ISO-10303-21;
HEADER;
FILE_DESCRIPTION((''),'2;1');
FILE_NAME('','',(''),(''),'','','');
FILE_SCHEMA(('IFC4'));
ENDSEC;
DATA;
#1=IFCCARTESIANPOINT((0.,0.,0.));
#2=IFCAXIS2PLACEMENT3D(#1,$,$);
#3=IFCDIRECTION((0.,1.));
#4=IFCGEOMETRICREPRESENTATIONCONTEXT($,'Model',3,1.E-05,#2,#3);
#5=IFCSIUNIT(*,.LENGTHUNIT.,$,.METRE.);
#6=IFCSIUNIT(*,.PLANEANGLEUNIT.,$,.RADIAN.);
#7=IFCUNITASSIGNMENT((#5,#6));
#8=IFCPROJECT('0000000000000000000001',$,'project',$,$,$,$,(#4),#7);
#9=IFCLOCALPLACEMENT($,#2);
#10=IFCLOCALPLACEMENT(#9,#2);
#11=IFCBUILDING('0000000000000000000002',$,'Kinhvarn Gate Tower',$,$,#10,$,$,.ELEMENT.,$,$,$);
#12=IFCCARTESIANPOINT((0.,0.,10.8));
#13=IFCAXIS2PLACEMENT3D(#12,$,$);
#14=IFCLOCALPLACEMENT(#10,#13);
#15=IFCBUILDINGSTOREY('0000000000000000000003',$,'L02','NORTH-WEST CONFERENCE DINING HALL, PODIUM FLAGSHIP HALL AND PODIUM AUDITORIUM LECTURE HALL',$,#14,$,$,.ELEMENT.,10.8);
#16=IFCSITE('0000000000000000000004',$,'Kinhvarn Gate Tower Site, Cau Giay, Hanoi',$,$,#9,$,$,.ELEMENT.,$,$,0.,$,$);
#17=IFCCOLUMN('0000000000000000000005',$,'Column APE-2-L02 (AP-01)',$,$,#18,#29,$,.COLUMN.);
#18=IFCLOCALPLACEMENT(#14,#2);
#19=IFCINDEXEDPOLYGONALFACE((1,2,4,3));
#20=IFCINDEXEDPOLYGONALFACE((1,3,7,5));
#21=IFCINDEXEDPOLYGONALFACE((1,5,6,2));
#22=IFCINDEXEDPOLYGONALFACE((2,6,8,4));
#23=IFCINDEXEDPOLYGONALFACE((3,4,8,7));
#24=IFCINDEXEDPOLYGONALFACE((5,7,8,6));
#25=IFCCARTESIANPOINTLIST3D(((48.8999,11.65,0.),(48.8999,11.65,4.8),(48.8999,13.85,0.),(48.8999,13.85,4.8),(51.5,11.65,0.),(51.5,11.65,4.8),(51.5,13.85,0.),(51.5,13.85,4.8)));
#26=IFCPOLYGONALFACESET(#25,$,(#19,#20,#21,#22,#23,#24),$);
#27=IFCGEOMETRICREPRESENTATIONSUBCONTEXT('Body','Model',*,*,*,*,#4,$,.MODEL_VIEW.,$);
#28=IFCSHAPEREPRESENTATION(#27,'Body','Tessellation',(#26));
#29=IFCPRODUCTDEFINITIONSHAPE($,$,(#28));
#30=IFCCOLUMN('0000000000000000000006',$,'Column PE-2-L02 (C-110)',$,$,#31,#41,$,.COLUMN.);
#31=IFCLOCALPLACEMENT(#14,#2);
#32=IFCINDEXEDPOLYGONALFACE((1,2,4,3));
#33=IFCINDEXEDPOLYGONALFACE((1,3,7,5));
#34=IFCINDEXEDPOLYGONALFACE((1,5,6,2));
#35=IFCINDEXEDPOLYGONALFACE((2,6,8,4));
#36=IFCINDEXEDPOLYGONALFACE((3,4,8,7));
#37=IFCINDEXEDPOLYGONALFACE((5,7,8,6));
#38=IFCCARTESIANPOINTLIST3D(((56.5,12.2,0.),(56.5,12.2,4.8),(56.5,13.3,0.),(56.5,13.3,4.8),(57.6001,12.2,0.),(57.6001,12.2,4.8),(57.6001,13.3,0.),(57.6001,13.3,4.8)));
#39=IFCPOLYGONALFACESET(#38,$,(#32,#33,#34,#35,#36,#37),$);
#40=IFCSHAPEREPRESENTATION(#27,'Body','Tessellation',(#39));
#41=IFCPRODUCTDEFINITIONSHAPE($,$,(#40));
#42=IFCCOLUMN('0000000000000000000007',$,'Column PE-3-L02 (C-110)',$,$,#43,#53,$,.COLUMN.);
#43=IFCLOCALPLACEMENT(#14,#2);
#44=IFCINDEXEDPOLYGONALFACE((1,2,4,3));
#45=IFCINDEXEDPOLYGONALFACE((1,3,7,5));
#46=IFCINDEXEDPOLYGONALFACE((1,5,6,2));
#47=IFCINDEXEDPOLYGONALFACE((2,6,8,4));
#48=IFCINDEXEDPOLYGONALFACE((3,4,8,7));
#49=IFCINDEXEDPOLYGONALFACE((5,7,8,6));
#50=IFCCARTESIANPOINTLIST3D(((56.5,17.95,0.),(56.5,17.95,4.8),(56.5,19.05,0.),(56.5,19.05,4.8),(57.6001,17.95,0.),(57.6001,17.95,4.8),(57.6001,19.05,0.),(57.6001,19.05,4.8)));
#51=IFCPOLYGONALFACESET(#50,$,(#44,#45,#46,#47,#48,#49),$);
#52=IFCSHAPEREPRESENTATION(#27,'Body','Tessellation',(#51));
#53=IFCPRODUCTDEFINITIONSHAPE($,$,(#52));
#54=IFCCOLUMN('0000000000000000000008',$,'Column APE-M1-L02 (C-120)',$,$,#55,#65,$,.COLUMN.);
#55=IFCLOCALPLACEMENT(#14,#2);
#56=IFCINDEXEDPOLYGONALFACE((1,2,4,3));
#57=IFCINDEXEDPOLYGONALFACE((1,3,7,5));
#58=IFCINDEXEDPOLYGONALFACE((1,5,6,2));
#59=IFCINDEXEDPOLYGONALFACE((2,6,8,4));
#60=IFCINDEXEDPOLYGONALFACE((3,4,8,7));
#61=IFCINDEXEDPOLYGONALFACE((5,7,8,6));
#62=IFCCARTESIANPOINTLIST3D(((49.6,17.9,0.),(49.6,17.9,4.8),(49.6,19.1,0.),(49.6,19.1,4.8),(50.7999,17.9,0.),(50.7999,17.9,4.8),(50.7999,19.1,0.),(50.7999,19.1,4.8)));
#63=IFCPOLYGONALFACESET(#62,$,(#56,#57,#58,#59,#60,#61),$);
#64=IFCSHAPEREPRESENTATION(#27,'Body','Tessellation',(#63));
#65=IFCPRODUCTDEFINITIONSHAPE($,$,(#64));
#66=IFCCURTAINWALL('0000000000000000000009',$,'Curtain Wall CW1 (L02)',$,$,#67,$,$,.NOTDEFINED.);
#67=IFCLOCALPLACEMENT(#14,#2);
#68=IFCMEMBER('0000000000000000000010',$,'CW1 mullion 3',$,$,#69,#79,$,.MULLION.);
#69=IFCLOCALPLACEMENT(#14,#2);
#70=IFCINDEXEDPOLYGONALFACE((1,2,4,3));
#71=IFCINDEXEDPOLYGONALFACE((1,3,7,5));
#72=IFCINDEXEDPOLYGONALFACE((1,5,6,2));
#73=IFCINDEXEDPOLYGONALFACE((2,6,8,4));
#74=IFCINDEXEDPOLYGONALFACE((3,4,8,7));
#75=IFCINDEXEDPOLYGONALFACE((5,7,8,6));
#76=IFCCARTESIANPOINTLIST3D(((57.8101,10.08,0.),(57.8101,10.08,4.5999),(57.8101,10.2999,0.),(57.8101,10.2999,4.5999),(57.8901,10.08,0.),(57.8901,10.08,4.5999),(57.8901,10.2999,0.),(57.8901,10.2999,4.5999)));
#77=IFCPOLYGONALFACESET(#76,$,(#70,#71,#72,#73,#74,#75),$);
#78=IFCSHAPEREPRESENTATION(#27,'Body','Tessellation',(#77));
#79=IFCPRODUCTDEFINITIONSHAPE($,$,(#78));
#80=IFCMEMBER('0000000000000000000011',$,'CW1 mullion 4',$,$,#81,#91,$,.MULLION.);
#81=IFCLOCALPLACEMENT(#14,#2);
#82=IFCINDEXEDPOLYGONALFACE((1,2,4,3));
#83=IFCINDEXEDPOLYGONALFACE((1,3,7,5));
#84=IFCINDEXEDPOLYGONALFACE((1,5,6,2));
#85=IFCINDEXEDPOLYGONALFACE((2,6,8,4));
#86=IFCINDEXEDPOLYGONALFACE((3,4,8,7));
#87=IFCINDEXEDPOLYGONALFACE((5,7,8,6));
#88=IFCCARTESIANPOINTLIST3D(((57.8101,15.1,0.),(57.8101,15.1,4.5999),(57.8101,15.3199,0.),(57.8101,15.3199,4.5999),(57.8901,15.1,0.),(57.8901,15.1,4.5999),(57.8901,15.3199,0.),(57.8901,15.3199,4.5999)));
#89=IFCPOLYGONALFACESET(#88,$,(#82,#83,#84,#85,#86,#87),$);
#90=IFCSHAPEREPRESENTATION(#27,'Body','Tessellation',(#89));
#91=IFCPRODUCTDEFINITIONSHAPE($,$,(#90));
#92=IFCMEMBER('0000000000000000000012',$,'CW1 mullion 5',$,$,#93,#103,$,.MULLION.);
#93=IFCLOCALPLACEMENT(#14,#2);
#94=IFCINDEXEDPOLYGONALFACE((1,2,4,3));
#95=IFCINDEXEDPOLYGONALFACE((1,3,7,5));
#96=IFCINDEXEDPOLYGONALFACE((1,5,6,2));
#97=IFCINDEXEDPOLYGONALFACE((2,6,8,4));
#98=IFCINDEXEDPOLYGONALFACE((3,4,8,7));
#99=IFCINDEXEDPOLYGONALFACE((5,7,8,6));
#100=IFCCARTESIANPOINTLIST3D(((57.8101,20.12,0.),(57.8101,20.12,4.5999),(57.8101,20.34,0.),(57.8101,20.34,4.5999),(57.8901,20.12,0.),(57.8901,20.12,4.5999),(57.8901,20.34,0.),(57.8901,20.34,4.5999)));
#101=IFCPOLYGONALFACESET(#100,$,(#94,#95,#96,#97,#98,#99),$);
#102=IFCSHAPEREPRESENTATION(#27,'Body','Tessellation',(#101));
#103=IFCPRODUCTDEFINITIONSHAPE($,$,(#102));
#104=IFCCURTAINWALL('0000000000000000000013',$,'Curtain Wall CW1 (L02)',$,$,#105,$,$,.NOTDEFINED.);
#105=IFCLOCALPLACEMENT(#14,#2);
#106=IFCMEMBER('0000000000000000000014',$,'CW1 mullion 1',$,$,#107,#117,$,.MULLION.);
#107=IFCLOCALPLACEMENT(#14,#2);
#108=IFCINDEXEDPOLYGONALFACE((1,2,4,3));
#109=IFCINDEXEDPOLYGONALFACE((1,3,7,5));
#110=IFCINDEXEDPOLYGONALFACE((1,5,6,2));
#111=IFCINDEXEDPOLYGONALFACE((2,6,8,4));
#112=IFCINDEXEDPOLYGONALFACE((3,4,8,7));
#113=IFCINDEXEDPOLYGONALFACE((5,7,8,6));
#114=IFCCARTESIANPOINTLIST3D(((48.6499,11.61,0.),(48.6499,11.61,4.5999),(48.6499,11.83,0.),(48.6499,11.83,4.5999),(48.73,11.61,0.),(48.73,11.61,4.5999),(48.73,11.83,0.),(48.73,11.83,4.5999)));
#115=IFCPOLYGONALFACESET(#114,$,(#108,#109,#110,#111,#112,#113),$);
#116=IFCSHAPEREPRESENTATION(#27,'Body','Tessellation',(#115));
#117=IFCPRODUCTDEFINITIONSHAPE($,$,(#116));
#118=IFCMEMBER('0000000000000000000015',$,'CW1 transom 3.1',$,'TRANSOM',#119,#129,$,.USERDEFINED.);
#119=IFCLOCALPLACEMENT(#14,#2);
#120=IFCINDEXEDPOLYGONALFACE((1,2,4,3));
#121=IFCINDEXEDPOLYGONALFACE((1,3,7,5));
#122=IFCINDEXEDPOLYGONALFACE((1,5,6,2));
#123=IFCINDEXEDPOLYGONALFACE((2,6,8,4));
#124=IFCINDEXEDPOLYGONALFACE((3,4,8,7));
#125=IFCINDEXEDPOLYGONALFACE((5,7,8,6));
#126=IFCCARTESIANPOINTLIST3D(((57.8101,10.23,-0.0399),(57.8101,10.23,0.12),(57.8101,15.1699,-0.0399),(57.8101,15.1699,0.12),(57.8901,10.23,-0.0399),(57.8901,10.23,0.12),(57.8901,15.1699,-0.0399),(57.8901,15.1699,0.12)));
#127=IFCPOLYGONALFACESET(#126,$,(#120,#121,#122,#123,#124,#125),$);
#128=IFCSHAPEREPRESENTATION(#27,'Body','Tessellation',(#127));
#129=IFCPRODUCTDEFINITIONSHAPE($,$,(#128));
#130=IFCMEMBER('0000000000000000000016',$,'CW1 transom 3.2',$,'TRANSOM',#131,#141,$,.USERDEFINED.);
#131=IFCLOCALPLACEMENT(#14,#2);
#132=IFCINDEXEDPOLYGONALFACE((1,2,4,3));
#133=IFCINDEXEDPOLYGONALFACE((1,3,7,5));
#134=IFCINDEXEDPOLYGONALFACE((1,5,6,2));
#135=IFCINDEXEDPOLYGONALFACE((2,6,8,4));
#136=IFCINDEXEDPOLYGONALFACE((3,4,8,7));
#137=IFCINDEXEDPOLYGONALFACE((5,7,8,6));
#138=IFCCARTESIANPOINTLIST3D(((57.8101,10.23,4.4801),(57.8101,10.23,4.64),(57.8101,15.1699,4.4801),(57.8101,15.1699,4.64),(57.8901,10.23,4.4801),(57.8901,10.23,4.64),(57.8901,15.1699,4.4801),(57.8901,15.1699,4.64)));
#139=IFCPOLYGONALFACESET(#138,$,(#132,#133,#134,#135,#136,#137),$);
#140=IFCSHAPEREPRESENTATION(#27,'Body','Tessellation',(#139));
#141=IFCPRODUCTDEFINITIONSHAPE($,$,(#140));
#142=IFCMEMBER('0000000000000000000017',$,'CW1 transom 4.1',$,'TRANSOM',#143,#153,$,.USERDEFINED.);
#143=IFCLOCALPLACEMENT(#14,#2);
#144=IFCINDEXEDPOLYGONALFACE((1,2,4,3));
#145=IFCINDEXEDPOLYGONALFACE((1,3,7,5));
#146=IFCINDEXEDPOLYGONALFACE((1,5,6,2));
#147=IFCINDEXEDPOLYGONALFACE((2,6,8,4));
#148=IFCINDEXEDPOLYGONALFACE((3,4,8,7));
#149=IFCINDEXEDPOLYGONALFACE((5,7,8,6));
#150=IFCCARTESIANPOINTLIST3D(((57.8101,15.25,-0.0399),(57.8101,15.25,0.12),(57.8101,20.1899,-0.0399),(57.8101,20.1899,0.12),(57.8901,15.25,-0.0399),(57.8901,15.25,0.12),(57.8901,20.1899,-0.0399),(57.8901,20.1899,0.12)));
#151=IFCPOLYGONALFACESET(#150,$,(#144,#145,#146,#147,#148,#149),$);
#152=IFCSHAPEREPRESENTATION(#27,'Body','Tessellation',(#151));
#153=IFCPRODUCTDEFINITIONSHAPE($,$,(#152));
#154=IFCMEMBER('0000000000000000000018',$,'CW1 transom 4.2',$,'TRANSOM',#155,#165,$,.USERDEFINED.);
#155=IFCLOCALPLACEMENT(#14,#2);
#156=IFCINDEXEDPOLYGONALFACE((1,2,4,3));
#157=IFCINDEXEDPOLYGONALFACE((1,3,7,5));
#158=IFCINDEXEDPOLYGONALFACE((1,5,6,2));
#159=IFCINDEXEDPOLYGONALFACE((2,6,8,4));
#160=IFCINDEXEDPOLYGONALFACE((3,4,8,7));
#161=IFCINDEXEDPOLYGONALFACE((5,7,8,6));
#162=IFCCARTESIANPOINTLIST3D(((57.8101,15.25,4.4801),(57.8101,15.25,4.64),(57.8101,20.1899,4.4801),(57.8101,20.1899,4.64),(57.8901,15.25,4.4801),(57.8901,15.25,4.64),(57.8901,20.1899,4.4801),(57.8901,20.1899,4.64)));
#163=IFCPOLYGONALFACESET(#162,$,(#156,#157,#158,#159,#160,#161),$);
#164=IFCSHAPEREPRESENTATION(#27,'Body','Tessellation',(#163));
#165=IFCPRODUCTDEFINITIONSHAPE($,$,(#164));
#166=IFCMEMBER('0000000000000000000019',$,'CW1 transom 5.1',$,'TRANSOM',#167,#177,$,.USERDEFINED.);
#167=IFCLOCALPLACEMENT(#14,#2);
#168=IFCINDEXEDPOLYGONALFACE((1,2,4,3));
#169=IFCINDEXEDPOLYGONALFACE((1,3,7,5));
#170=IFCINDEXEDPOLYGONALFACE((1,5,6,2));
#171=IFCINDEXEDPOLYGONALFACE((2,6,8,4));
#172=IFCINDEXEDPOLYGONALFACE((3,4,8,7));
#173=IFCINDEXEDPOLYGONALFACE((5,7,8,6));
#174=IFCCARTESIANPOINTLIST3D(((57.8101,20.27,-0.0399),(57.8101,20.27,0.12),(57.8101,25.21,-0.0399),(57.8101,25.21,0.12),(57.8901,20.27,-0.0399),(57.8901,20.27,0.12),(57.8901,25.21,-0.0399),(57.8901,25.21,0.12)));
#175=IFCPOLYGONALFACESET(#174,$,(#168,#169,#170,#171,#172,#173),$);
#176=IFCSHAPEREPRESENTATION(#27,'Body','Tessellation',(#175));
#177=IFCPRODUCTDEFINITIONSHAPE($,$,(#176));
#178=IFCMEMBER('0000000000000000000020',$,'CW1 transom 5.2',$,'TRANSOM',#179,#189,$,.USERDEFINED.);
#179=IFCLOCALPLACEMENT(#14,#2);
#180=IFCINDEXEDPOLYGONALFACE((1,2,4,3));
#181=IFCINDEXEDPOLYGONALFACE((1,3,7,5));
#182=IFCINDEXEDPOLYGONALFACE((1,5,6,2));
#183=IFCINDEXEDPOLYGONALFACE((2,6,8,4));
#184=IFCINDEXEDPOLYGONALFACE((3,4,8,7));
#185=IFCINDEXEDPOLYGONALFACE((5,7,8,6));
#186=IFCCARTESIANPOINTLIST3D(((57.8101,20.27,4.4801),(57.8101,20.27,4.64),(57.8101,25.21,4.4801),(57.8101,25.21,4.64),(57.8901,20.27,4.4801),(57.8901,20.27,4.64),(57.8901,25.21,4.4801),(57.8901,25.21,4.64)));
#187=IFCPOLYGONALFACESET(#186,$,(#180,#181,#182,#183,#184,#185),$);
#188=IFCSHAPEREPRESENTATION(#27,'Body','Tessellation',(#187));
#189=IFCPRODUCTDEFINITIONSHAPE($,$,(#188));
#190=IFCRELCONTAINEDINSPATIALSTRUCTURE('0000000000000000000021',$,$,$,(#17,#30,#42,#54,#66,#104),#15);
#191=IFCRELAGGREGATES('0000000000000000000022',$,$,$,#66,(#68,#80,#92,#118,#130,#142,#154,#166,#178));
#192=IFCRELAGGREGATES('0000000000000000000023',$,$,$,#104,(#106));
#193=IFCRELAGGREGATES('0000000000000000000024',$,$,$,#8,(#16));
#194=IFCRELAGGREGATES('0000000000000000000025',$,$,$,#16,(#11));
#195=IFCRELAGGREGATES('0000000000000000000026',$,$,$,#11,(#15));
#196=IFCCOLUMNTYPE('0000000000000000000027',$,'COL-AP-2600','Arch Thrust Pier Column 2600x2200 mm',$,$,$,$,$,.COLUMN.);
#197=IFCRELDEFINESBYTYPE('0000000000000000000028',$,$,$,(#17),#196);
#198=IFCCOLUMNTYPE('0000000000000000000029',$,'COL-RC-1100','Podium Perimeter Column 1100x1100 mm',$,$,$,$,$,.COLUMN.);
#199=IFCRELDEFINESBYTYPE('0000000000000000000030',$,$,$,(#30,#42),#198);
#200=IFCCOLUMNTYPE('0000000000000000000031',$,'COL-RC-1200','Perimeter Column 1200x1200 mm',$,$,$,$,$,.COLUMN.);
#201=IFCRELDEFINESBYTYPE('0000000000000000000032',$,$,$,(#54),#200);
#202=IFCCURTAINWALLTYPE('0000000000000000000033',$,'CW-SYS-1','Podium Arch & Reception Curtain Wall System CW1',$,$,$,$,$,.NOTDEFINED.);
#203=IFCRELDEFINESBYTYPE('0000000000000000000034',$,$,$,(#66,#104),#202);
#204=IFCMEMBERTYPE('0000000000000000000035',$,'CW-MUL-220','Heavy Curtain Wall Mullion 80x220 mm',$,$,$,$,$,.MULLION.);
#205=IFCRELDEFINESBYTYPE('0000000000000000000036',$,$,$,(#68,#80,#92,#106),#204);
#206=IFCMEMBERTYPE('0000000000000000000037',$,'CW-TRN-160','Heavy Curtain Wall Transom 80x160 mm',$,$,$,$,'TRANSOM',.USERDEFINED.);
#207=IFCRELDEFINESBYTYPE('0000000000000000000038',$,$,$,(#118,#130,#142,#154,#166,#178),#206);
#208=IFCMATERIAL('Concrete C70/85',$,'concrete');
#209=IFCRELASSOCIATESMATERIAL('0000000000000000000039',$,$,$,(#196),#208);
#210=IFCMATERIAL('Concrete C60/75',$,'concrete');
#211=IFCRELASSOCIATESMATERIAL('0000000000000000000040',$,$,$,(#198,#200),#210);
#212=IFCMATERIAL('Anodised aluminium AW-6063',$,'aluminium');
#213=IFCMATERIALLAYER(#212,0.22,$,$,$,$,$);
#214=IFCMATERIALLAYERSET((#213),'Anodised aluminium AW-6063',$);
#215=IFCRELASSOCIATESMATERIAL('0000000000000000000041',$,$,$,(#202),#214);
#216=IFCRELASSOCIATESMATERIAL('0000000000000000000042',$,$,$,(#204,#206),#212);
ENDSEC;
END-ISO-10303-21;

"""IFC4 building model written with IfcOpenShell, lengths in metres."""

from ifc_helpers import new_model, si_unit, direction, frame, origin, origin_2d, place, context, subcontext, project, spatial, rectangle, extrude, material, layer, layer_set, material_profile, profile_set, type_object, element, aggregate, save


model = new_model("IFC4")

# Units and contexts
model_context = context("Model", 3, precision=1e-05, world=origin(), true_north=direction((0.0, 1.0)))
body_context = subcontext(model_context, "Body", "Model", "MODEL_VIEW")
ifc_project = project(units=[si_unit("LENGTHUNIT", "METRE"), si_unit("PLANEANGLEUNIT", "RADIAN")], contexts=[model_context])

# Site, building, storey
site_placement = place(None, origin())
site = spatial("IfcSite", under=ifc_project, at=site_placement, Name="Kinhvarn Gate Tower Site, Cau Giay, Hanoi", CompositionType="ELEMENT", RefElevation=0.0)
building_placement = place(site_placement, origin())
building = spatial("IfcBuilding", under=site, at=building_placement, Name="Kinhvarn Gate Tower", CompositionType="ELEMENT")
storey_placement = place(building_placement, frame((0.0, 0.0, 10.8)))
storey = spatial("IfcBuildingStorey", under=building, at=storey_placement, Name="L02", Description="NORTH-WEST CONFERENCE DINING HALL, PODIUM FLAGSHIP HALL AND PODIUM AUDITORIUM LECTURE HALL", CompositionType="ELEMENT", Elevation=10.8)

# Columns
ifc_material_1 = material(Name="Concrete C70/85", Category="concrete")
ifc_material_profile_1 = material_profile(ifc_material_1, rectangle(XDim=2.6001, YDim=2.2, at=origin_2d()), Name="RC 2600x2200")
ifc_profile_set_1 = profile_set([ifc_material_profile_1], Name="Concrete C70/85")
column_type_1 = type_object("IfcColumnType", Name="COL-AP-2600", Description="Arch Thrust Pier Column 2600x2200 mm", PredefinedType="COLUMN", material=ifc_profile_set_1)
column_1_placement = place(storey_placement, frame((50.2, 12.75, 0.0), z_axis=(0.0, 0.0, 1.0), x_axis=(1.0, 0.0, 0.0)))
element("IfcColumn", 1, at=column_1_placement, inside=storey, type_object=column_type_1, Name="Column APE-2-L02 (AP-01)", PredefinedType="COLUMN", context=body_context, shape_type="SweptSolid", body=[
    extrude(rectangle(XDim=2.6001, YDim=2.2, at=origin_2d()), origin(), (0.0, 0.0, 1.0), 4.8),
])
ifc_material_2 = material(Name="Concrete C60/75", Category="concrete")
ifc_material_profile_2 = material_profile(ifc_material_2, rectangle(XDim=1.1001, YDim=1.1001, at=origin_2d()), Name="RC 1100x1100")
ifc_profile_set_2 = profile_set([ifc_material_profile_2], Name="Concrete C60/75")
column_type_2 = type_object("IfcColumnType", Name="COL-RC-1100", Description="Podium Perimeter Column 1100x1100 mm", PredefinedType="COLUMN", material=ifc_profile_set_2)
for number, where, z_axis, x_axis, name in (
    (2, (57.05, 12.75, 0.0), (0.0, 0.0, 1.0), (1.0, 0.0, 0.0), "Column PE-2-L02 (C-110)"),
    (3, (57.05, 18.5, 0.0), (0.0, 0.0, 1.0), (1.0, 0.0, 0.0), "Column PE-3-L02 (C-110)"),
):
    element("IfcColumn", number, at=place(storey_placement, frame(where, z_axis=z_axis, x_axis=x_axis)), inside=storey, type_object=column_type_2, Name=name, PredefinedType="COLUMN", context=body_context, shape_type="SweptSolid", body=[
        extrude(rectangle(XDim=1.1001, YDim=1.1001, at=origin_2d()), origin(), (0.0, 0.0, 1.0), 4.8),
    ])
ifc_material_profile_3 = material_profile(ifc_material_2, rectangle(XDim=1.2, YDim=1.2, at=origin_2d()), Name="RC 1200x1200")
ifc_profile_set_3 = profile_set([ifc_material_profile_3], Name="Concrete C60/75")
column_type_3 = type_object("IfcColumnType", Name="COL-RC-1200", Description="Perimeter Column 1200x1200 mm", PredefinedType="COLUMN", material=ifc_profile_set_3)
column_2_placement = place(storey_placement, frame((50.2, 18.5, 0.0), z_axis=(0.0, 0.0, 1.0), x_axis=(1.0, 0.0, 0.0)))
element("IfcColumn", 4, at=column_2_placement, inside=storey, type_object=column_type_3, Name="Column APE-M1-L02 (C-120)", PredefinedType="COLUMN", context=body_context, shape_type="SweptSolid", body=[
    extrude(rectangle(XDim=1.2, YDim=1.2, at=origin_2d()), origin(), (0.0, 0.0, 1.0), 4.8),
])

# Curtain wall, members
ifc_material_3 = material(Name="Anodised aluminium AW-6063", Category="aluminium")
ifc_layer_1 = layer(ifc_material_3, 0.22)
ifc_layer_set_1 = layer_set([ifc_layer_1], Name="Anodised aluminium AW-6063")
curtain_wall_type = type_object("IfcCurtainWallType", Name="CW-SYS-1", Description="Podium Arch & Reception Curtain Wall System CW1", PredefinedType="NOTDEFINED", material=ifc_layer_set_1)
curtain_wall_1_placement = place(storey_placement, origin())
curtain_wall_1 = element("IfcCurtainWall", 5, at=curtain_wall_1_placement, inside=storey, type_object=curtain_wall_type, Name="Curtain Wall CW1 (L02)", PredefinedType="NOTDEFINED")
ifc_material_profile_4 = material_profile(ifc_material_3, rectangle(XDim=0.0801, YDim=0.22, at=origin_2d()), Name="ALU 80x220")
ifc_profile_set_4 = profile_set([ifc_material_profile_4], Name="Anodised aluminium AW-6063")
member_type_1 = type_object("IfcMemberType", Name="CW-MUL-220", Description="Heavy Curtain Wall Mullion 80x220 mm", PredefinedType="MULLION", material=ifc_profile_set_4)
member_1_placement = place(storey_placement, frame((57.8501, 10.1899, 0.0), z_axis=(0.0, 0.0, 1.0), x_axis=(-1.0, 0.0, 0.0)))
member_1 = element("IfcMember", 6, at=member_1_placement, type_object=member_type_1, Name="CW1 mullion 3", PredefinedType="MULLION", context=body_context, shape_type="SweptSolid", body=[
    extrude(rectangle(XDim=0.0801, YDim=0.22, at=origin_2d()), origin(), (0.0, 0.0, 1.0), 4.5999),
])
member_2_placement = place(storey_placement, frame((57.8501, 15.21, 0.0), z_axis=(0.0, 0.0, 1.0), x_axis=(-1.0, 0.0, 0.0)))
member_2 = element("IfcMember", 7, at=member_2_placement, type_object=member_type_1, Name="CW1 mullion 4", PredefinedType="MULLION", context=body_context, shape_type="SweptSolid", body=[
    extrude(rectangle(XDim=0.0801, YDim=0.22, at=origin_2d()), origin(), (0.0, 0.0, 1.0), 4.5999),
])
member_3_placement = place(storey_placement, frame((57.8501, 20.23, 0.0), z_axis=(0.0, 0.0, 1.0), x_axis=(-1.0, 0.0, 0.0)))
member_3 = element("IfcMember", 8, at=member_3_placement, type_object=member_type_1, Name="CW1 mullion 5", PredefinedType="MULLION", context=body_context, shape_type="SweptSolid", body=[
    extrude(rectangle(XDim=0.0801, YDim=0.22, at=origin_2d()), origin(), (0.0, 0.0, 1.0), 4.5999),
])

# Curtain wall, member
curtain_wall_2_placement = place(storey_placement, origin())
curtain_wall_2 = element("IfcCurtainWall", 9, at=curtain_wall_2_placement, inside=storey, type_object=curtain_wall_type, Name="Curtain Wall CW1 (L02)", PredefinedType="NOTDEFINED")
member_4_placement = place(storey_placement, frame((48.6899, 11.72, 0.0), z_axis=(0.0, 0.0, 1.0), x_axis=(1.0, 0.0, 0.0)))
member_4 = element("IfcMember", 10, at=member_4_placement, type_object=member_type_1, Name="CW1 mullion 1", PredefinedType="MULLION", context=body_context, shape_type="SweptSolid", body=[
    extrude(rectangle(XDim=0.0801, YDim=0.22, at=origin_2d()), origin(), (0.0, 0.0, 1.0), 4.5999),
])

# Members
ifc_material_profile_5 = material_profile(ifc_material_3, rectangle(XDim=0.0801, YDim=0.1599, at=origin_2d()), Name="ALU 80x160")
ifc_profile_set_5 = profile_set([ifc_material_profile_5], Name="Anodised aluminium AW-6063")
member_type_2 = type_object("IfcMemberType", Name="CW-TRN-160", Description="Heavy Curtain Wall Transom 80x160 mm", ElementType="TRANSOM", PredefinedType="USERDEFINED", material=ifc_profile_set_5)
member_5_placement = place(storey_placement, frame((57.8501, 10.23, 0.04), z_axis=(0.0, 1.0, 0.0), x_axis=(-1.0, 0.0, 0.0)))
member_5 = element("IfcMember", 11, at=member_5_placement, type_object=member_type_2, Name="CW1 transom 3.1", ObjectType="TRANSOM", PredefinedType="USERDEFINED", context=body_context, shape_type="SweptSolid", body=[
    extrude(rectangle(XDim=0.0801, YDim=0.1599, at=origin_2d()), origin(), (0.0, 0.0, 1.0), 4.9399),
])
member_6_placement = place(storey_placement, frame((57.8501, 10.23, 4.5601), z_axis=(0.0, 1.0, 0.0), x_axis=(-1.0, 0.0, 0.0)))
member_6 = element("IfcMember", 12, at=member_6_placement, type_object=member_type_2, Name="CW1 transom 3.2", ObjectType="TRANSOM", PredefinedType="USERDEFINED", context=body_context, shape_type="SweptSolid", body=[
    extrude(rectangle(XDim=0.0801, YDim=0.1599, at=origin_2d()), origin(), (0.0, 0.0, 1.0), 4.9399),
])
member_7_placement = place(storey_placement, frame((57.8501, 15.25, 0.04), z_axis=(0.0, 1.0, 0.0), x_axis=(-1.0, 0.0, 0.0)))
member_7 = element("IfcMember", 13, at=member_7_placement, type_object=member_type_2, Name="CW1 transom 4.1", ObjectType="TRANSOM", PredefinedType="USERDEFINED", context=body_context, shape_type="SweptSolid", body=[
    extrude(rectangle(XDim=0.0801, YDim=0.1599, at=origin_2d()), origin(), (0.0, 0.0, 1.0), 4.9399),
])
member_8_placement = place(storey_placement, frame((57.8501, 15.25, 4.5601), z_axis=(0.0, 1.0, 0.0), x_axis=(-1.0, 0.0, 0.0)))
member_8 = element("IfcMember", 14, at=member_8_placement, type_object=member_type_2, Name="CW1 transom 4.2", ObjectType="TRANSOM", PredefinedType="USERDEFINED", context=body_context, shape_type="SweptSolid", body=[
    extrude(rectangle(XDim=0.0801, YDim=0.1599, at=origin_2d()), origin(), (0.0, 0.0, 1.0), 4.9399),
])
member_9_placement = place(storey_placement, frame((57.8501, 20.27, 0.04), z_axis=(0.0, 1.0, 0.0), x_axis=(-1.0, 0.0, 0.0)))
member_9 = element("IfcMember", 15, at=member_9_placement, type_object=member_type_2, Name="CW1 transom 5.1", ObjectType="TRANSOM", PredefinedType="USERDEFINED", context=body_context, shape_type="SweptSolid", body=[
    extrude(rectangle(XDim=0.0801, YDim=0.1599, at=origin_2d()), origin(), (0.0, 0.0, 1.0), 4.9399),
])
member_10_placement = place(storey_placement, frame((57.8501, 20.27, 4.5601), z_axis=(0.0, 1.0, 0.0), x_axis=(-1.0, 0.0, 0.0)))
member_10 = element("IfcMember", 16, at=member_10_placement, type_object=member_type_2, Name="CW1 transom 5.2", ObjectType="TRANSOM", PredefinedType="USERDEFINED", context=body_context, shape_type="SweptSolid", body=[
    extrude(rectangle(XDim=0.0801, YDim=0.1599, at=origin_2d()), origin(), (0.0, 0.0, 1.0), 4.9399),
])

aggregate(curtain_wall_1, [member_1, member_2, member_3, member_5, member_6, member_7, member_8, member_9, member_10])
aggregate(curtain_wall_2, [member_4])

save(model, "model.ifc")
